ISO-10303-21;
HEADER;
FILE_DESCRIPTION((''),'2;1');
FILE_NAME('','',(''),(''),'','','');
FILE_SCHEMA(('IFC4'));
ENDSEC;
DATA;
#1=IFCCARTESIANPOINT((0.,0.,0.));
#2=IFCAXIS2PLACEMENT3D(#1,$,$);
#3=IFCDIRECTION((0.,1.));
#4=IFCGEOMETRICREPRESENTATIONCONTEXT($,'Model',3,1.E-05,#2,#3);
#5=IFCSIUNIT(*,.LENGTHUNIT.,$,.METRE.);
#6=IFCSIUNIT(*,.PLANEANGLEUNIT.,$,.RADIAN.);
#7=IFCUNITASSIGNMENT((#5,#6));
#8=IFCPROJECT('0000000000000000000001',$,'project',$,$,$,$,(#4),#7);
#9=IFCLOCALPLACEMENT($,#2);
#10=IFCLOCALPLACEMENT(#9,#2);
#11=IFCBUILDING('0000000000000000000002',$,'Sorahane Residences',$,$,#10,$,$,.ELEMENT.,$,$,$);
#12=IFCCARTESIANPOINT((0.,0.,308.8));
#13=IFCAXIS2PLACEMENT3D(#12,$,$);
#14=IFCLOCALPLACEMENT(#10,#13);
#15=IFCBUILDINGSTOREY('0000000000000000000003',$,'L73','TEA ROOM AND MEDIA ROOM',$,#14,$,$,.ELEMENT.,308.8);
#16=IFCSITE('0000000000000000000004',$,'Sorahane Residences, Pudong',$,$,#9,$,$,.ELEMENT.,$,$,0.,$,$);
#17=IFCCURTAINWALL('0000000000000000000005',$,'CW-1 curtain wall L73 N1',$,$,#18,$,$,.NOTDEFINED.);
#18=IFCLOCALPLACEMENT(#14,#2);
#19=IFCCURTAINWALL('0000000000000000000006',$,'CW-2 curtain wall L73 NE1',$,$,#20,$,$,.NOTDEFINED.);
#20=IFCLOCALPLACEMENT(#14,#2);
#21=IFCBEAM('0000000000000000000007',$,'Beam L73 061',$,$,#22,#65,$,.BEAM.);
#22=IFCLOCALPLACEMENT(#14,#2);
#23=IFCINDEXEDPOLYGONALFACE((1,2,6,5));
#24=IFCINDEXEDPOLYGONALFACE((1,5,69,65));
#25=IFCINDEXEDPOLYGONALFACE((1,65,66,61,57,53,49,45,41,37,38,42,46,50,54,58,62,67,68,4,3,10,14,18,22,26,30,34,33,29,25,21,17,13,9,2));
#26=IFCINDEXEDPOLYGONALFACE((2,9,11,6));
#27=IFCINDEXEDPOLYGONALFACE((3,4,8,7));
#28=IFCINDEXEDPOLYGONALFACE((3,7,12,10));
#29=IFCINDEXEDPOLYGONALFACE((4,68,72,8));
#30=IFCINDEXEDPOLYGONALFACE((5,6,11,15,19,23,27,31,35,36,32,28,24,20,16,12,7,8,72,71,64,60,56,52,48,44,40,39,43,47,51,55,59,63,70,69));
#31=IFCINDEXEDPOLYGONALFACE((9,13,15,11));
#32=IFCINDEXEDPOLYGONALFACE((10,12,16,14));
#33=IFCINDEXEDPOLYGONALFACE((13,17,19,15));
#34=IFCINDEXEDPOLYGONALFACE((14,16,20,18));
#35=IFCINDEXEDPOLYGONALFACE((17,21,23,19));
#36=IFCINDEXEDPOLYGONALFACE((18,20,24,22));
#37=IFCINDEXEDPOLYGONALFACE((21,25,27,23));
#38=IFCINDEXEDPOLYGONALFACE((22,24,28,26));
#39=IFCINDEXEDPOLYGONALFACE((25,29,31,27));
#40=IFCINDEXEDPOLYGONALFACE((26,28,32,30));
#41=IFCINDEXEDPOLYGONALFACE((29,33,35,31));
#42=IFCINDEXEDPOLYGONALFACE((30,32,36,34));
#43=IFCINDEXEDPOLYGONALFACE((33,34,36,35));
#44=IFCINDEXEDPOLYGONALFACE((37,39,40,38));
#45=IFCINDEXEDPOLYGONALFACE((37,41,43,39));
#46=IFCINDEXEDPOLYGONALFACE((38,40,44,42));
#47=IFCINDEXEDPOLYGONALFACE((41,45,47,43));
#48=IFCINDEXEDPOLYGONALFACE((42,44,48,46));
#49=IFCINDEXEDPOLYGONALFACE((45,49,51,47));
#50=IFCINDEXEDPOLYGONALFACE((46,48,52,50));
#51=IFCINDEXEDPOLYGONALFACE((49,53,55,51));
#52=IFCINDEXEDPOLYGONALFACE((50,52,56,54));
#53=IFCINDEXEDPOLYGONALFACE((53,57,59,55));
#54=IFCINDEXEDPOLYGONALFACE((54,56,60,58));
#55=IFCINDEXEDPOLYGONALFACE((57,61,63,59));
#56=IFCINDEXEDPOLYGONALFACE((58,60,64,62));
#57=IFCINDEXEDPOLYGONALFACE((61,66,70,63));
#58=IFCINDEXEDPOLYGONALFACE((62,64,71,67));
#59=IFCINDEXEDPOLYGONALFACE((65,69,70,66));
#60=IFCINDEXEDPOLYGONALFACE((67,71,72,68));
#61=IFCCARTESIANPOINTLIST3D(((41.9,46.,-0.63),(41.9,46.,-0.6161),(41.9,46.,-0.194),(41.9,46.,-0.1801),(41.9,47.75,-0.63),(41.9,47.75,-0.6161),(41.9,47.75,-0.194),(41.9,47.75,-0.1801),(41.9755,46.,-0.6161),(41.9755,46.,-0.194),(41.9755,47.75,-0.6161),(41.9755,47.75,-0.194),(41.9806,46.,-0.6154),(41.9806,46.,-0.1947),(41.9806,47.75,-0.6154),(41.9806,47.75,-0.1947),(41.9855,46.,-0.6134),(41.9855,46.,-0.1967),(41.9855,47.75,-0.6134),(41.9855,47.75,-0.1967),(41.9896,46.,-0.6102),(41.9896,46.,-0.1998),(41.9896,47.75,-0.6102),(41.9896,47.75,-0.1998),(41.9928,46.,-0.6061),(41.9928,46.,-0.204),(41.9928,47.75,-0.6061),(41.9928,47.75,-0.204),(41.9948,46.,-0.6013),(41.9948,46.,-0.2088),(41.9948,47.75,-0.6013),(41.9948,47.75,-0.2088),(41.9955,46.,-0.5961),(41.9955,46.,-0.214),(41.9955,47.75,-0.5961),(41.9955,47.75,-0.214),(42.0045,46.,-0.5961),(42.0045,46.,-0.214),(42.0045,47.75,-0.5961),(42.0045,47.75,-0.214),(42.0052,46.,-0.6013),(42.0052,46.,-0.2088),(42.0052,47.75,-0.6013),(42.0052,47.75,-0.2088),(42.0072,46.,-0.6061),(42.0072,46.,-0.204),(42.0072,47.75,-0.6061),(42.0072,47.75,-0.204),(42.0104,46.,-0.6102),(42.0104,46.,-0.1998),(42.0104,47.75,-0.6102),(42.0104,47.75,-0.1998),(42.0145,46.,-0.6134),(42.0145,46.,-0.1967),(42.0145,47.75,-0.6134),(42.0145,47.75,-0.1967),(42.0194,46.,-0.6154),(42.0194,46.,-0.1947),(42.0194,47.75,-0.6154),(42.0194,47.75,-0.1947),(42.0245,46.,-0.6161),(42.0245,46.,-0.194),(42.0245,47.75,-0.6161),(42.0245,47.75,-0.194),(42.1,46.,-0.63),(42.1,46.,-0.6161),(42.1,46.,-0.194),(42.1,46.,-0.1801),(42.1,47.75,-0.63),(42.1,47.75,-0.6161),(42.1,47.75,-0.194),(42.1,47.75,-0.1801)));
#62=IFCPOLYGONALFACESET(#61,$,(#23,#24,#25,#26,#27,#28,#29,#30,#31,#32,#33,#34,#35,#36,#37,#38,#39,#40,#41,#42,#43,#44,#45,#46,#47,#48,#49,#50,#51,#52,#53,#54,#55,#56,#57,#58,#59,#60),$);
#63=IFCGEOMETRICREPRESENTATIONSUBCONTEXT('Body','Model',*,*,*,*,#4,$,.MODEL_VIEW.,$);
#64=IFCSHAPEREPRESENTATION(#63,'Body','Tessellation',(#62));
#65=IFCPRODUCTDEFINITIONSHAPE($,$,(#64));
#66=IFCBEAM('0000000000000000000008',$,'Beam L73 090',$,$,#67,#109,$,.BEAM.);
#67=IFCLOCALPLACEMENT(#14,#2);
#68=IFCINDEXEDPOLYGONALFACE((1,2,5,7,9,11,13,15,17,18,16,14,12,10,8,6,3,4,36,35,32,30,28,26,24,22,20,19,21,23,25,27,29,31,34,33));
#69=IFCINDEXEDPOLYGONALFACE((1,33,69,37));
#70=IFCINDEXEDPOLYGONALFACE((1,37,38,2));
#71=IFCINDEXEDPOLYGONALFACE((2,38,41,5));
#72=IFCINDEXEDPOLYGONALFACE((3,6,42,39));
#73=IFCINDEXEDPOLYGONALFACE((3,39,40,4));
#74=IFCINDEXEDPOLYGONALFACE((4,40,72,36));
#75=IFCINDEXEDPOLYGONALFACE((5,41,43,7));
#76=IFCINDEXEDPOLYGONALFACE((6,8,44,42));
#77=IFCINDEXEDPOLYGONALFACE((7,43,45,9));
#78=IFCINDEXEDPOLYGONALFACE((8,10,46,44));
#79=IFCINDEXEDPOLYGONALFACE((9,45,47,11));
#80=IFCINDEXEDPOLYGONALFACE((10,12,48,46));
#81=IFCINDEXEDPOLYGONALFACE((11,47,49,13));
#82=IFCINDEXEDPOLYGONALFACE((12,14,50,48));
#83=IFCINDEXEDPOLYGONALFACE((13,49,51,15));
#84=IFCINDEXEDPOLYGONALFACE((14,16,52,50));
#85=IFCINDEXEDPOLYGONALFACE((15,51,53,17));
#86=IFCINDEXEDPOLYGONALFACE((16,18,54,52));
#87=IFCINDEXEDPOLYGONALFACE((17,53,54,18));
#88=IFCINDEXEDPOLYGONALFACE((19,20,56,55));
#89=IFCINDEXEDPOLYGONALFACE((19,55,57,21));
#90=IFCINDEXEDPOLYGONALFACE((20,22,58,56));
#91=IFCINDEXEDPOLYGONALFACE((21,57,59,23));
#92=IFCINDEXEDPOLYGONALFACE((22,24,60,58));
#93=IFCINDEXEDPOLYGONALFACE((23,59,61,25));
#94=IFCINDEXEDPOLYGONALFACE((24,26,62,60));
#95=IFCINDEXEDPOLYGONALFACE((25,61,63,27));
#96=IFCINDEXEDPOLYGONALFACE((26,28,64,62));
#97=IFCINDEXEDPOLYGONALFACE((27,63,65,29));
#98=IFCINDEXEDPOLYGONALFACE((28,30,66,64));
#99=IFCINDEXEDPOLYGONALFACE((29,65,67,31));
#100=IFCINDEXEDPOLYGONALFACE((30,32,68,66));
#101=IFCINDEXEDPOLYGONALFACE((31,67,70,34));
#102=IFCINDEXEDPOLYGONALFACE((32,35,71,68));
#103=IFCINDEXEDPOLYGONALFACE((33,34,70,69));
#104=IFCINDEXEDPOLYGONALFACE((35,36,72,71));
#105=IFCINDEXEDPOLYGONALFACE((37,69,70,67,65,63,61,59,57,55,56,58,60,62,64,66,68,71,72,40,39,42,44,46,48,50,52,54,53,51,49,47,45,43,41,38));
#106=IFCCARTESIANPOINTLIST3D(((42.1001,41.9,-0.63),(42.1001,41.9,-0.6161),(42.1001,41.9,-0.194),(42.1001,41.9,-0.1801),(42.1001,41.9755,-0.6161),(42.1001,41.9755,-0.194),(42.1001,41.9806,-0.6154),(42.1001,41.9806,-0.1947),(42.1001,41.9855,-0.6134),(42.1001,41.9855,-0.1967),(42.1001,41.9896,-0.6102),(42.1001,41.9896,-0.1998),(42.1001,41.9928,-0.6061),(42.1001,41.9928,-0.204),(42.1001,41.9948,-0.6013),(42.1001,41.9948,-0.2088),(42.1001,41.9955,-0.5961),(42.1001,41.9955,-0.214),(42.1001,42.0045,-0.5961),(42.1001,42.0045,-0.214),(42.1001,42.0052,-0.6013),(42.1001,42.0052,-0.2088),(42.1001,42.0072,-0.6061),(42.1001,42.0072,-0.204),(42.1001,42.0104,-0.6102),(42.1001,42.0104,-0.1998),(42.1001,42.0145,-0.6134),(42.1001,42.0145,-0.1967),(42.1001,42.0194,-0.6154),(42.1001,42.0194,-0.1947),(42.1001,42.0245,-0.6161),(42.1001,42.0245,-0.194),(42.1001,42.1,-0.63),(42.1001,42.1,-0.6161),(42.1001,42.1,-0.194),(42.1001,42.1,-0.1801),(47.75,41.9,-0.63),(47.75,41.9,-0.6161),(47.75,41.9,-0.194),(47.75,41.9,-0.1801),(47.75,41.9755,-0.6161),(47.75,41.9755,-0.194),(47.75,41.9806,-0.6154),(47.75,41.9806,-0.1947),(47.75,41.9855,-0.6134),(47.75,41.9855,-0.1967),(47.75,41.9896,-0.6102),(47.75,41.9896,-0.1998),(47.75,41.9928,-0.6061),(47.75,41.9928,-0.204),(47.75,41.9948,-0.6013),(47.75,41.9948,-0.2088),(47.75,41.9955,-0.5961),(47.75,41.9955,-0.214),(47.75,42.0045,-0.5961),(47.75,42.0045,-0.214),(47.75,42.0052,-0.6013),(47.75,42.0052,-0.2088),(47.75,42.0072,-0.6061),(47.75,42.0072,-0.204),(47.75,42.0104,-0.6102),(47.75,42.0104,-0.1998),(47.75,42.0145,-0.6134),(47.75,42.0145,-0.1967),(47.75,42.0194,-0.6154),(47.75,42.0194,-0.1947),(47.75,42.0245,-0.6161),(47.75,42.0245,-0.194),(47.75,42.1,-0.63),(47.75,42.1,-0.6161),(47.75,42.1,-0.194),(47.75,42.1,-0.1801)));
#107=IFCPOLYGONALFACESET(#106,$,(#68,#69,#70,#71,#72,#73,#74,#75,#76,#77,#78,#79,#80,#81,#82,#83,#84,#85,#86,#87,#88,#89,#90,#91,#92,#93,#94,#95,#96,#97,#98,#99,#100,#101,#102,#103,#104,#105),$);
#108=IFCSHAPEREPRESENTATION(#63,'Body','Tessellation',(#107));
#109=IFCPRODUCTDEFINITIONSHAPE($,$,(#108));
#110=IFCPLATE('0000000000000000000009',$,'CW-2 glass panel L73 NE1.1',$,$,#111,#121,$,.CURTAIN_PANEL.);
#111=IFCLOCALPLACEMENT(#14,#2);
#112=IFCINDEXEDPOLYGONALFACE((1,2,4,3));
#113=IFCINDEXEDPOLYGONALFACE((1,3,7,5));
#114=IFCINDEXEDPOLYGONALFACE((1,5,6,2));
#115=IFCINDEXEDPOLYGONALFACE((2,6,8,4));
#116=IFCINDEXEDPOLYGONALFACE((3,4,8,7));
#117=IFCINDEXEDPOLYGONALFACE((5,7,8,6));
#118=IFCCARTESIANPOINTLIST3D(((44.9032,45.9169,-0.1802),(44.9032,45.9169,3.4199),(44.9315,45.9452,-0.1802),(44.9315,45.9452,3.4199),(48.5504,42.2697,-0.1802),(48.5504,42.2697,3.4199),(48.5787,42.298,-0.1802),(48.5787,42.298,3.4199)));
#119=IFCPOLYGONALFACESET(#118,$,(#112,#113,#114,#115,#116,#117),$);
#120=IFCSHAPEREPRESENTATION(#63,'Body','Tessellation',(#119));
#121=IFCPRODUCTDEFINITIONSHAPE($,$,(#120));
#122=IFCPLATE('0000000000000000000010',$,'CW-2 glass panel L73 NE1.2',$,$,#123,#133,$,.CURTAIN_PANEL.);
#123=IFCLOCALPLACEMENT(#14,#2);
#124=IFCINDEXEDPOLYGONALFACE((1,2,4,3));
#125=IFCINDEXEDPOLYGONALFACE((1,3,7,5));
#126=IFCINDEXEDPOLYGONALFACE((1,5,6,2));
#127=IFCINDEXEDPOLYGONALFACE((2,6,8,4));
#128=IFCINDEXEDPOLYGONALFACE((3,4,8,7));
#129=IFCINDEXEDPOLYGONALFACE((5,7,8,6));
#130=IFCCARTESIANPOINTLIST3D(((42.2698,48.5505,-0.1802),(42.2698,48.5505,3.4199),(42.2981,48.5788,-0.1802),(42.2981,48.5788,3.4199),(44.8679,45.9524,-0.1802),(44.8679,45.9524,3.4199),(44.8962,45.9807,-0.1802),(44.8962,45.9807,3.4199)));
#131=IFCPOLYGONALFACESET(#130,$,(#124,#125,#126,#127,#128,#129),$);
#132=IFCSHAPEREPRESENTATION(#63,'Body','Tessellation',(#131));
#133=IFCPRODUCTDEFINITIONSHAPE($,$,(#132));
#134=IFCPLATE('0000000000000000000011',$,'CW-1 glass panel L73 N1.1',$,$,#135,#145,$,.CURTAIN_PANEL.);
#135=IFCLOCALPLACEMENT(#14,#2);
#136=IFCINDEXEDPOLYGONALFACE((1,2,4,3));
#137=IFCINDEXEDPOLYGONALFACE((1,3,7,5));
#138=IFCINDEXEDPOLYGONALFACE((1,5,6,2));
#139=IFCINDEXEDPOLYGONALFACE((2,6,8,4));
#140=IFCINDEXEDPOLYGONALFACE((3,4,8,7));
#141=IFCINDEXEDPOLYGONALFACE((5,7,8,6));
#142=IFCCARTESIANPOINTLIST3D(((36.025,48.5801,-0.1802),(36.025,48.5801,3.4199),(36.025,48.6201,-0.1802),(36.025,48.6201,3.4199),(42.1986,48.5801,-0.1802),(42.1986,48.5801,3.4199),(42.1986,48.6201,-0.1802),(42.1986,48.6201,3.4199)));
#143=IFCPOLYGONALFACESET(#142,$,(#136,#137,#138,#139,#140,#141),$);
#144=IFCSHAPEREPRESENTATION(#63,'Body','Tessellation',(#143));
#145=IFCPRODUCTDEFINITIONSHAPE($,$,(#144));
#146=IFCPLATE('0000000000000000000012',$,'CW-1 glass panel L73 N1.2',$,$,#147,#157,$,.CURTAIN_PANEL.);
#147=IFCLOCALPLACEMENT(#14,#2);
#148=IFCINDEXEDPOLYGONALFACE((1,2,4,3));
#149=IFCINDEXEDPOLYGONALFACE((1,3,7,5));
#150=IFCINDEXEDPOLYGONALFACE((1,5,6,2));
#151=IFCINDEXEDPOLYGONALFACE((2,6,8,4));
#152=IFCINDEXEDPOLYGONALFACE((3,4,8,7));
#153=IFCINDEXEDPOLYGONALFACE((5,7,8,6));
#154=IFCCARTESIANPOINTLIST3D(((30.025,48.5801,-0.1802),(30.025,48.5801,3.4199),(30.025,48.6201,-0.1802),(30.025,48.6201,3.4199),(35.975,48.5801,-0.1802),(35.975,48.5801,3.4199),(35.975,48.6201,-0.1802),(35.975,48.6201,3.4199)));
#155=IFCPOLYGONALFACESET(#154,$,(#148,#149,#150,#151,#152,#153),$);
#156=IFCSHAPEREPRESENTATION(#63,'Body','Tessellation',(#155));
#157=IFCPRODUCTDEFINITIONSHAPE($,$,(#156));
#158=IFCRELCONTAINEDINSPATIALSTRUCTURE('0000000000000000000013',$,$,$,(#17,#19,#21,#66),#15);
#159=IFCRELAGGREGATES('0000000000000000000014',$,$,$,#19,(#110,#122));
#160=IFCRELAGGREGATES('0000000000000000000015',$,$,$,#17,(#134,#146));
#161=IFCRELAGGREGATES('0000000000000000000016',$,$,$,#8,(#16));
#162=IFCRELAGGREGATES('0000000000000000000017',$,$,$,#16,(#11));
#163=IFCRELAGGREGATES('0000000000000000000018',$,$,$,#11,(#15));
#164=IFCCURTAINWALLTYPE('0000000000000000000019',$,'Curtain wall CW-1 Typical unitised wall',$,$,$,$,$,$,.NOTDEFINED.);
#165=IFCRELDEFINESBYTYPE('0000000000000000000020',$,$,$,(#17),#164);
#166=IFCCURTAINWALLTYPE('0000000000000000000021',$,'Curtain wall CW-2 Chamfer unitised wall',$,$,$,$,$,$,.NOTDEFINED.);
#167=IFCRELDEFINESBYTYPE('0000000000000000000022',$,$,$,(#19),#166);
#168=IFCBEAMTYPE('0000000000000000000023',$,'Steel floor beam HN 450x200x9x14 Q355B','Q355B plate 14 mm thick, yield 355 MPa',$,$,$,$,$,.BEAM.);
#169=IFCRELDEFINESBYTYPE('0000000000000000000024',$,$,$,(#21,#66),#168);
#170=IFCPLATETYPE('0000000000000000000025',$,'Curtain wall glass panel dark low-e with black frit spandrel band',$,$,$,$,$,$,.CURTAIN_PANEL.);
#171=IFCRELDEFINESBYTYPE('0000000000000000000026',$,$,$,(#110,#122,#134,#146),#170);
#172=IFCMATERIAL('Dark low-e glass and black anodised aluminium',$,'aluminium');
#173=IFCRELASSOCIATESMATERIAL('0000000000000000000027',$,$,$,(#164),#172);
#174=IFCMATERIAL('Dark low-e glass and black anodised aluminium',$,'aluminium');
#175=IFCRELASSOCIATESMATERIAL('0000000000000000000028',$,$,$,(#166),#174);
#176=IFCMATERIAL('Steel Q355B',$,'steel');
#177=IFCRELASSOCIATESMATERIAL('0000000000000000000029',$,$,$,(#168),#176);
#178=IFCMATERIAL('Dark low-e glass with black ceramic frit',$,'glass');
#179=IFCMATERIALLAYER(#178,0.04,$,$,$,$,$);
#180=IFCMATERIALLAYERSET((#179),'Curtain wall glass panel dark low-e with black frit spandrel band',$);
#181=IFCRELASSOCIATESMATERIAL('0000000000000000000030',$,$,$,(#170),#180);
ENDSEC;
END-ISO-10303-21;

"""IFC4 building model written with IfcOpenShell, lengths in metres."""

from ifc_helpers import new_model, si_unit, direction, frame, origin, origin_2d, place, context, subcontext, project, spatial, rectangle, i_section, extrude, material, layer, layer_set, material_profile, profile_set, type_object, element, aggregate, save


model = new_model("IFC4")

# Units and contexts
model_context = context("Model", 3, precision=1e-05, world=origin(), true_north=direction((0.0, 1.0)))
body_context = subcontext(model_context, "Body", "Model", "MODEL_VIEW")
ifc_project = project(units=[si_unit("LENGTHUNIT", "METRE"), si_unit("PLANEANGLEUNIT", "RADIAN")], contexts=[model_context])

# Site, building, storey
site_placement = place(None, origin())
site = spatial("IfcSite", under=ifc_project, at=site_placement, Name="Sorahane Residences, Pudong", CompositionType="ELEMENT", RefElevation=0.0)
building_placement = place(site_placement, origin())
building = spatial("IfcBuilding", under=site, at=building_placement, Name="Sorahane Residences", CompositionType="ELEMENT")
storey_placement = place(building_placement, frame((0.0, 0.0, 308.8)))
storey = spatial("IfcBuildingStorey", under=building, at=storey_placement, Name="L73", Description="TEA ROOM AND MEDIA ROOM", CompositionType="ELEMENT", Elevation=308.8)

# Curtain wall
ifc_material_1 = material(Name="Dark low-e glass and black anodised aluminium", Category="aluminium")
curtain_wall_type_1 = type_object("IfcCurtainWallType", Name="Curtain wall CW-1 Typical unitised wall", PredefinedType="NOTDEFINED", material=ifc_material_1)
curtain_wall_1_placement = place(storey_placement, origin())
curtain_wall_1 = element("IfcCurtainWall", 1, at=curtain_wall_1_placement, inside=storey, type_object=curtain_wall_type_1, Name="CW-1 curtain wall L73 N1", PredefinedType="NOTDEFINED")

# Curtain wall
ifc_material_2 = material(Name="Dark low-e glass and black anodised aluminium", Category="aluminium")
curtain_wall_type_2 = type_object("IfcCurtainWallType", Name="Curtain wall CW-2 Chamfer unitised wall", PredefinedType="NOTDEFINED", material=ifc_material_2)
curtain_wall_2_placement = place(storey_placement, origin())
curtain_wall_2 = element("IfcCurtainWall", 2, at=curtain_wall_2_placement, inside=storey, type_object=curtain_wall_type_2, Name="CW-2 curtain wall L73 NE1", PredefinedType="NOTDEFINED")

# Beams
ifc_material_3 = material(Name="Steel Q355B", Category="steel")
ifc_material_profile_1 = material_profile(ifc_material_3, i_section(OverallWidth=0.2, OverallDepth=0.45, WebThickness=0.009, FlangeThickness=0.0139, FilletRadius=0.02, at=origin_2d()), Name="HN 450x200x9x14")
ifc_profile_set_1 = profile_set([ifc_material_profile_1], Name="Steel Q355B")
beam_type = type_object("IfcBeamType", Name="Steel floor beam HN 450x200x9x14 Q355B", Description="Q355B plate 14 mm thick, yield 355 MPa", PredefinedType="BEAM", material=ifc_profile_set_1)
for number, where, z_axis, x_axis, name in (
    (3, (42.0, 46.0, -0.405), (0.0, 1.0, 0.0), (-1.0, 0.0, 0.0), "Beam L73 061"),
):
    element("IfcBeam", number, at=place(storey_placement, frame(where, z_axis=z_axis, x_axis=x_axis)), inside=storey, type_object=beam_type, Name=name, PredefinedType="BEAM", context=body_context, shape_type="SweptSolid", body=[
        extrude(i_section(OverallWidth=0.2, OverallDepth=0.45, WebThickness=0.009, FlangeThickness=0.0139, FilletRadius=0.02, at=origin_2d()), origin(), (0.0, 0.0, 1.0), 1.75),
    ])
beam_1_placement = place(storey_placement, frame((42.1001, 42.0, -0.405), z_axis=(1.0, 0.0, 0.0), x_axis=(0.0, 1.0, 0.0)))
element("IfcBeam", 4, at=beam_1_placement, inside=storey, type_object=beam_type, Name="Beam L73 090", PredefinedType="BEAM", context=body_context, shape_type="SweptSolid", body=[
    extrude(i_section(OverallWidth=0.2, OverallDepth=0.45, WebThickness=0.009, FlangeThickness=0.0139, FilletRadius=0.02, at=origin_2d()), origin(), (0.0, 0.0, 1.0), 5.6499),
])

# Plates
ifc_material_4 = material(Name="Dark low-e glass with black ceramic frit", Category="glass")
ifc_layer_1 = layer(ifc_material_4, 0.04)
ifc_layer_set_1 = layer_set([ifc_layer_1], Name="Curtain wall glass panel dark low-e with black frit spandrel band")
plate_type = type_object("IfcPlateType", Name="Curtain wall glass panel dark low-e with black frit spandrel band", PredefinedType="CURTAIN_PANEL", material=ifc_layer_set_1)
plate_1_placement = place(storey_placement, frame((46.741, 44.1074, -0.1802), z_axis=(0.0, 0.0, 1.0), x_axis=(-0.707107, 0.707107, 0.0)))
plate_1 = element("IfcPlate", 5, at=plate_1_placement, type_object=plate_type, Name="CW-2 glass panel L73 NE1.1", PredefinedType="CURTAIN_PANEL", context=body_context, shape_type="SweptSolid", body=[
    extrude(rectangle(XDim=5.158, YDim=0.04, at=origin_2d()), origin(), (0.0, 0.0, 1.0), 3.6001),
])
plate_2_placement = place(storey_placement, frame((43.583, 47.2656, -0.1802), z_axis=(0.0, 0.0, 1.0), x_axis=(-0.707107, 0.707107, 0.0)))
plate_2 = element("IfcPlate", 6, at=plate_2_placement, type_object=plate_type, Name="CW-2 glass panel L73 NE1.2", PredefinedType="CURTAIN_PANEL", context=body_context, shape_type="SweptSolid", body=[
    extrude(rectangle(XDim=3.6743, YDim=0.04, at=origin_2d()), origin(), (0.0, 0.0, 1.0), 3.6001),
])
aggregate(curtain_wall_2, [plate_1, plate_2])
plate_3_placement = place(storey_placement, frame((39.1118, 48.6001, -0.1802), z_axis=(0.0, 0.0, 1.0), x_axis=(-1.0, 0.0, 0.0)))
plate_3 = element("IfcPlate", 7, at=plate_3_placement, type_object=plate_type, Name="CW-1 glass panel L73 N1.1", PredefinedType="CURTAIN_PANEL", context=body_context, shape_type="SweptSolid", body=[
    extrude(rectangle(XDim=6.1736, YDim=0.04, at=origin_2d()), origin(), (0.0, 0.0, 1.0), 3.6001),
])
plate_4_placement = place(storey_placement, frame((33.0, 48.6001, -0.1802), z_axis=(0.0, 0.0, 1.0), x_axis=(-1.0, 0.0, 0.0)))
plate_4 = element("IfcPlate", 8, at=plate_4_placement, type_object=plate_type, Name="CW-1 glass panel L73 N1.2", PredefinedType="CURTAIN_PANEL", context=body_context, shape_type="SweptSolid", body=[
    extrude(rectangle(XDim=5.95, YDim=0.04, at=origin_2d()), origin(), (0.0, 0.0, 1.0), 3.6001),
])
aggregate(curtain_wall_1, [plate_3, plate_4])

save(model, "model.ifc")
